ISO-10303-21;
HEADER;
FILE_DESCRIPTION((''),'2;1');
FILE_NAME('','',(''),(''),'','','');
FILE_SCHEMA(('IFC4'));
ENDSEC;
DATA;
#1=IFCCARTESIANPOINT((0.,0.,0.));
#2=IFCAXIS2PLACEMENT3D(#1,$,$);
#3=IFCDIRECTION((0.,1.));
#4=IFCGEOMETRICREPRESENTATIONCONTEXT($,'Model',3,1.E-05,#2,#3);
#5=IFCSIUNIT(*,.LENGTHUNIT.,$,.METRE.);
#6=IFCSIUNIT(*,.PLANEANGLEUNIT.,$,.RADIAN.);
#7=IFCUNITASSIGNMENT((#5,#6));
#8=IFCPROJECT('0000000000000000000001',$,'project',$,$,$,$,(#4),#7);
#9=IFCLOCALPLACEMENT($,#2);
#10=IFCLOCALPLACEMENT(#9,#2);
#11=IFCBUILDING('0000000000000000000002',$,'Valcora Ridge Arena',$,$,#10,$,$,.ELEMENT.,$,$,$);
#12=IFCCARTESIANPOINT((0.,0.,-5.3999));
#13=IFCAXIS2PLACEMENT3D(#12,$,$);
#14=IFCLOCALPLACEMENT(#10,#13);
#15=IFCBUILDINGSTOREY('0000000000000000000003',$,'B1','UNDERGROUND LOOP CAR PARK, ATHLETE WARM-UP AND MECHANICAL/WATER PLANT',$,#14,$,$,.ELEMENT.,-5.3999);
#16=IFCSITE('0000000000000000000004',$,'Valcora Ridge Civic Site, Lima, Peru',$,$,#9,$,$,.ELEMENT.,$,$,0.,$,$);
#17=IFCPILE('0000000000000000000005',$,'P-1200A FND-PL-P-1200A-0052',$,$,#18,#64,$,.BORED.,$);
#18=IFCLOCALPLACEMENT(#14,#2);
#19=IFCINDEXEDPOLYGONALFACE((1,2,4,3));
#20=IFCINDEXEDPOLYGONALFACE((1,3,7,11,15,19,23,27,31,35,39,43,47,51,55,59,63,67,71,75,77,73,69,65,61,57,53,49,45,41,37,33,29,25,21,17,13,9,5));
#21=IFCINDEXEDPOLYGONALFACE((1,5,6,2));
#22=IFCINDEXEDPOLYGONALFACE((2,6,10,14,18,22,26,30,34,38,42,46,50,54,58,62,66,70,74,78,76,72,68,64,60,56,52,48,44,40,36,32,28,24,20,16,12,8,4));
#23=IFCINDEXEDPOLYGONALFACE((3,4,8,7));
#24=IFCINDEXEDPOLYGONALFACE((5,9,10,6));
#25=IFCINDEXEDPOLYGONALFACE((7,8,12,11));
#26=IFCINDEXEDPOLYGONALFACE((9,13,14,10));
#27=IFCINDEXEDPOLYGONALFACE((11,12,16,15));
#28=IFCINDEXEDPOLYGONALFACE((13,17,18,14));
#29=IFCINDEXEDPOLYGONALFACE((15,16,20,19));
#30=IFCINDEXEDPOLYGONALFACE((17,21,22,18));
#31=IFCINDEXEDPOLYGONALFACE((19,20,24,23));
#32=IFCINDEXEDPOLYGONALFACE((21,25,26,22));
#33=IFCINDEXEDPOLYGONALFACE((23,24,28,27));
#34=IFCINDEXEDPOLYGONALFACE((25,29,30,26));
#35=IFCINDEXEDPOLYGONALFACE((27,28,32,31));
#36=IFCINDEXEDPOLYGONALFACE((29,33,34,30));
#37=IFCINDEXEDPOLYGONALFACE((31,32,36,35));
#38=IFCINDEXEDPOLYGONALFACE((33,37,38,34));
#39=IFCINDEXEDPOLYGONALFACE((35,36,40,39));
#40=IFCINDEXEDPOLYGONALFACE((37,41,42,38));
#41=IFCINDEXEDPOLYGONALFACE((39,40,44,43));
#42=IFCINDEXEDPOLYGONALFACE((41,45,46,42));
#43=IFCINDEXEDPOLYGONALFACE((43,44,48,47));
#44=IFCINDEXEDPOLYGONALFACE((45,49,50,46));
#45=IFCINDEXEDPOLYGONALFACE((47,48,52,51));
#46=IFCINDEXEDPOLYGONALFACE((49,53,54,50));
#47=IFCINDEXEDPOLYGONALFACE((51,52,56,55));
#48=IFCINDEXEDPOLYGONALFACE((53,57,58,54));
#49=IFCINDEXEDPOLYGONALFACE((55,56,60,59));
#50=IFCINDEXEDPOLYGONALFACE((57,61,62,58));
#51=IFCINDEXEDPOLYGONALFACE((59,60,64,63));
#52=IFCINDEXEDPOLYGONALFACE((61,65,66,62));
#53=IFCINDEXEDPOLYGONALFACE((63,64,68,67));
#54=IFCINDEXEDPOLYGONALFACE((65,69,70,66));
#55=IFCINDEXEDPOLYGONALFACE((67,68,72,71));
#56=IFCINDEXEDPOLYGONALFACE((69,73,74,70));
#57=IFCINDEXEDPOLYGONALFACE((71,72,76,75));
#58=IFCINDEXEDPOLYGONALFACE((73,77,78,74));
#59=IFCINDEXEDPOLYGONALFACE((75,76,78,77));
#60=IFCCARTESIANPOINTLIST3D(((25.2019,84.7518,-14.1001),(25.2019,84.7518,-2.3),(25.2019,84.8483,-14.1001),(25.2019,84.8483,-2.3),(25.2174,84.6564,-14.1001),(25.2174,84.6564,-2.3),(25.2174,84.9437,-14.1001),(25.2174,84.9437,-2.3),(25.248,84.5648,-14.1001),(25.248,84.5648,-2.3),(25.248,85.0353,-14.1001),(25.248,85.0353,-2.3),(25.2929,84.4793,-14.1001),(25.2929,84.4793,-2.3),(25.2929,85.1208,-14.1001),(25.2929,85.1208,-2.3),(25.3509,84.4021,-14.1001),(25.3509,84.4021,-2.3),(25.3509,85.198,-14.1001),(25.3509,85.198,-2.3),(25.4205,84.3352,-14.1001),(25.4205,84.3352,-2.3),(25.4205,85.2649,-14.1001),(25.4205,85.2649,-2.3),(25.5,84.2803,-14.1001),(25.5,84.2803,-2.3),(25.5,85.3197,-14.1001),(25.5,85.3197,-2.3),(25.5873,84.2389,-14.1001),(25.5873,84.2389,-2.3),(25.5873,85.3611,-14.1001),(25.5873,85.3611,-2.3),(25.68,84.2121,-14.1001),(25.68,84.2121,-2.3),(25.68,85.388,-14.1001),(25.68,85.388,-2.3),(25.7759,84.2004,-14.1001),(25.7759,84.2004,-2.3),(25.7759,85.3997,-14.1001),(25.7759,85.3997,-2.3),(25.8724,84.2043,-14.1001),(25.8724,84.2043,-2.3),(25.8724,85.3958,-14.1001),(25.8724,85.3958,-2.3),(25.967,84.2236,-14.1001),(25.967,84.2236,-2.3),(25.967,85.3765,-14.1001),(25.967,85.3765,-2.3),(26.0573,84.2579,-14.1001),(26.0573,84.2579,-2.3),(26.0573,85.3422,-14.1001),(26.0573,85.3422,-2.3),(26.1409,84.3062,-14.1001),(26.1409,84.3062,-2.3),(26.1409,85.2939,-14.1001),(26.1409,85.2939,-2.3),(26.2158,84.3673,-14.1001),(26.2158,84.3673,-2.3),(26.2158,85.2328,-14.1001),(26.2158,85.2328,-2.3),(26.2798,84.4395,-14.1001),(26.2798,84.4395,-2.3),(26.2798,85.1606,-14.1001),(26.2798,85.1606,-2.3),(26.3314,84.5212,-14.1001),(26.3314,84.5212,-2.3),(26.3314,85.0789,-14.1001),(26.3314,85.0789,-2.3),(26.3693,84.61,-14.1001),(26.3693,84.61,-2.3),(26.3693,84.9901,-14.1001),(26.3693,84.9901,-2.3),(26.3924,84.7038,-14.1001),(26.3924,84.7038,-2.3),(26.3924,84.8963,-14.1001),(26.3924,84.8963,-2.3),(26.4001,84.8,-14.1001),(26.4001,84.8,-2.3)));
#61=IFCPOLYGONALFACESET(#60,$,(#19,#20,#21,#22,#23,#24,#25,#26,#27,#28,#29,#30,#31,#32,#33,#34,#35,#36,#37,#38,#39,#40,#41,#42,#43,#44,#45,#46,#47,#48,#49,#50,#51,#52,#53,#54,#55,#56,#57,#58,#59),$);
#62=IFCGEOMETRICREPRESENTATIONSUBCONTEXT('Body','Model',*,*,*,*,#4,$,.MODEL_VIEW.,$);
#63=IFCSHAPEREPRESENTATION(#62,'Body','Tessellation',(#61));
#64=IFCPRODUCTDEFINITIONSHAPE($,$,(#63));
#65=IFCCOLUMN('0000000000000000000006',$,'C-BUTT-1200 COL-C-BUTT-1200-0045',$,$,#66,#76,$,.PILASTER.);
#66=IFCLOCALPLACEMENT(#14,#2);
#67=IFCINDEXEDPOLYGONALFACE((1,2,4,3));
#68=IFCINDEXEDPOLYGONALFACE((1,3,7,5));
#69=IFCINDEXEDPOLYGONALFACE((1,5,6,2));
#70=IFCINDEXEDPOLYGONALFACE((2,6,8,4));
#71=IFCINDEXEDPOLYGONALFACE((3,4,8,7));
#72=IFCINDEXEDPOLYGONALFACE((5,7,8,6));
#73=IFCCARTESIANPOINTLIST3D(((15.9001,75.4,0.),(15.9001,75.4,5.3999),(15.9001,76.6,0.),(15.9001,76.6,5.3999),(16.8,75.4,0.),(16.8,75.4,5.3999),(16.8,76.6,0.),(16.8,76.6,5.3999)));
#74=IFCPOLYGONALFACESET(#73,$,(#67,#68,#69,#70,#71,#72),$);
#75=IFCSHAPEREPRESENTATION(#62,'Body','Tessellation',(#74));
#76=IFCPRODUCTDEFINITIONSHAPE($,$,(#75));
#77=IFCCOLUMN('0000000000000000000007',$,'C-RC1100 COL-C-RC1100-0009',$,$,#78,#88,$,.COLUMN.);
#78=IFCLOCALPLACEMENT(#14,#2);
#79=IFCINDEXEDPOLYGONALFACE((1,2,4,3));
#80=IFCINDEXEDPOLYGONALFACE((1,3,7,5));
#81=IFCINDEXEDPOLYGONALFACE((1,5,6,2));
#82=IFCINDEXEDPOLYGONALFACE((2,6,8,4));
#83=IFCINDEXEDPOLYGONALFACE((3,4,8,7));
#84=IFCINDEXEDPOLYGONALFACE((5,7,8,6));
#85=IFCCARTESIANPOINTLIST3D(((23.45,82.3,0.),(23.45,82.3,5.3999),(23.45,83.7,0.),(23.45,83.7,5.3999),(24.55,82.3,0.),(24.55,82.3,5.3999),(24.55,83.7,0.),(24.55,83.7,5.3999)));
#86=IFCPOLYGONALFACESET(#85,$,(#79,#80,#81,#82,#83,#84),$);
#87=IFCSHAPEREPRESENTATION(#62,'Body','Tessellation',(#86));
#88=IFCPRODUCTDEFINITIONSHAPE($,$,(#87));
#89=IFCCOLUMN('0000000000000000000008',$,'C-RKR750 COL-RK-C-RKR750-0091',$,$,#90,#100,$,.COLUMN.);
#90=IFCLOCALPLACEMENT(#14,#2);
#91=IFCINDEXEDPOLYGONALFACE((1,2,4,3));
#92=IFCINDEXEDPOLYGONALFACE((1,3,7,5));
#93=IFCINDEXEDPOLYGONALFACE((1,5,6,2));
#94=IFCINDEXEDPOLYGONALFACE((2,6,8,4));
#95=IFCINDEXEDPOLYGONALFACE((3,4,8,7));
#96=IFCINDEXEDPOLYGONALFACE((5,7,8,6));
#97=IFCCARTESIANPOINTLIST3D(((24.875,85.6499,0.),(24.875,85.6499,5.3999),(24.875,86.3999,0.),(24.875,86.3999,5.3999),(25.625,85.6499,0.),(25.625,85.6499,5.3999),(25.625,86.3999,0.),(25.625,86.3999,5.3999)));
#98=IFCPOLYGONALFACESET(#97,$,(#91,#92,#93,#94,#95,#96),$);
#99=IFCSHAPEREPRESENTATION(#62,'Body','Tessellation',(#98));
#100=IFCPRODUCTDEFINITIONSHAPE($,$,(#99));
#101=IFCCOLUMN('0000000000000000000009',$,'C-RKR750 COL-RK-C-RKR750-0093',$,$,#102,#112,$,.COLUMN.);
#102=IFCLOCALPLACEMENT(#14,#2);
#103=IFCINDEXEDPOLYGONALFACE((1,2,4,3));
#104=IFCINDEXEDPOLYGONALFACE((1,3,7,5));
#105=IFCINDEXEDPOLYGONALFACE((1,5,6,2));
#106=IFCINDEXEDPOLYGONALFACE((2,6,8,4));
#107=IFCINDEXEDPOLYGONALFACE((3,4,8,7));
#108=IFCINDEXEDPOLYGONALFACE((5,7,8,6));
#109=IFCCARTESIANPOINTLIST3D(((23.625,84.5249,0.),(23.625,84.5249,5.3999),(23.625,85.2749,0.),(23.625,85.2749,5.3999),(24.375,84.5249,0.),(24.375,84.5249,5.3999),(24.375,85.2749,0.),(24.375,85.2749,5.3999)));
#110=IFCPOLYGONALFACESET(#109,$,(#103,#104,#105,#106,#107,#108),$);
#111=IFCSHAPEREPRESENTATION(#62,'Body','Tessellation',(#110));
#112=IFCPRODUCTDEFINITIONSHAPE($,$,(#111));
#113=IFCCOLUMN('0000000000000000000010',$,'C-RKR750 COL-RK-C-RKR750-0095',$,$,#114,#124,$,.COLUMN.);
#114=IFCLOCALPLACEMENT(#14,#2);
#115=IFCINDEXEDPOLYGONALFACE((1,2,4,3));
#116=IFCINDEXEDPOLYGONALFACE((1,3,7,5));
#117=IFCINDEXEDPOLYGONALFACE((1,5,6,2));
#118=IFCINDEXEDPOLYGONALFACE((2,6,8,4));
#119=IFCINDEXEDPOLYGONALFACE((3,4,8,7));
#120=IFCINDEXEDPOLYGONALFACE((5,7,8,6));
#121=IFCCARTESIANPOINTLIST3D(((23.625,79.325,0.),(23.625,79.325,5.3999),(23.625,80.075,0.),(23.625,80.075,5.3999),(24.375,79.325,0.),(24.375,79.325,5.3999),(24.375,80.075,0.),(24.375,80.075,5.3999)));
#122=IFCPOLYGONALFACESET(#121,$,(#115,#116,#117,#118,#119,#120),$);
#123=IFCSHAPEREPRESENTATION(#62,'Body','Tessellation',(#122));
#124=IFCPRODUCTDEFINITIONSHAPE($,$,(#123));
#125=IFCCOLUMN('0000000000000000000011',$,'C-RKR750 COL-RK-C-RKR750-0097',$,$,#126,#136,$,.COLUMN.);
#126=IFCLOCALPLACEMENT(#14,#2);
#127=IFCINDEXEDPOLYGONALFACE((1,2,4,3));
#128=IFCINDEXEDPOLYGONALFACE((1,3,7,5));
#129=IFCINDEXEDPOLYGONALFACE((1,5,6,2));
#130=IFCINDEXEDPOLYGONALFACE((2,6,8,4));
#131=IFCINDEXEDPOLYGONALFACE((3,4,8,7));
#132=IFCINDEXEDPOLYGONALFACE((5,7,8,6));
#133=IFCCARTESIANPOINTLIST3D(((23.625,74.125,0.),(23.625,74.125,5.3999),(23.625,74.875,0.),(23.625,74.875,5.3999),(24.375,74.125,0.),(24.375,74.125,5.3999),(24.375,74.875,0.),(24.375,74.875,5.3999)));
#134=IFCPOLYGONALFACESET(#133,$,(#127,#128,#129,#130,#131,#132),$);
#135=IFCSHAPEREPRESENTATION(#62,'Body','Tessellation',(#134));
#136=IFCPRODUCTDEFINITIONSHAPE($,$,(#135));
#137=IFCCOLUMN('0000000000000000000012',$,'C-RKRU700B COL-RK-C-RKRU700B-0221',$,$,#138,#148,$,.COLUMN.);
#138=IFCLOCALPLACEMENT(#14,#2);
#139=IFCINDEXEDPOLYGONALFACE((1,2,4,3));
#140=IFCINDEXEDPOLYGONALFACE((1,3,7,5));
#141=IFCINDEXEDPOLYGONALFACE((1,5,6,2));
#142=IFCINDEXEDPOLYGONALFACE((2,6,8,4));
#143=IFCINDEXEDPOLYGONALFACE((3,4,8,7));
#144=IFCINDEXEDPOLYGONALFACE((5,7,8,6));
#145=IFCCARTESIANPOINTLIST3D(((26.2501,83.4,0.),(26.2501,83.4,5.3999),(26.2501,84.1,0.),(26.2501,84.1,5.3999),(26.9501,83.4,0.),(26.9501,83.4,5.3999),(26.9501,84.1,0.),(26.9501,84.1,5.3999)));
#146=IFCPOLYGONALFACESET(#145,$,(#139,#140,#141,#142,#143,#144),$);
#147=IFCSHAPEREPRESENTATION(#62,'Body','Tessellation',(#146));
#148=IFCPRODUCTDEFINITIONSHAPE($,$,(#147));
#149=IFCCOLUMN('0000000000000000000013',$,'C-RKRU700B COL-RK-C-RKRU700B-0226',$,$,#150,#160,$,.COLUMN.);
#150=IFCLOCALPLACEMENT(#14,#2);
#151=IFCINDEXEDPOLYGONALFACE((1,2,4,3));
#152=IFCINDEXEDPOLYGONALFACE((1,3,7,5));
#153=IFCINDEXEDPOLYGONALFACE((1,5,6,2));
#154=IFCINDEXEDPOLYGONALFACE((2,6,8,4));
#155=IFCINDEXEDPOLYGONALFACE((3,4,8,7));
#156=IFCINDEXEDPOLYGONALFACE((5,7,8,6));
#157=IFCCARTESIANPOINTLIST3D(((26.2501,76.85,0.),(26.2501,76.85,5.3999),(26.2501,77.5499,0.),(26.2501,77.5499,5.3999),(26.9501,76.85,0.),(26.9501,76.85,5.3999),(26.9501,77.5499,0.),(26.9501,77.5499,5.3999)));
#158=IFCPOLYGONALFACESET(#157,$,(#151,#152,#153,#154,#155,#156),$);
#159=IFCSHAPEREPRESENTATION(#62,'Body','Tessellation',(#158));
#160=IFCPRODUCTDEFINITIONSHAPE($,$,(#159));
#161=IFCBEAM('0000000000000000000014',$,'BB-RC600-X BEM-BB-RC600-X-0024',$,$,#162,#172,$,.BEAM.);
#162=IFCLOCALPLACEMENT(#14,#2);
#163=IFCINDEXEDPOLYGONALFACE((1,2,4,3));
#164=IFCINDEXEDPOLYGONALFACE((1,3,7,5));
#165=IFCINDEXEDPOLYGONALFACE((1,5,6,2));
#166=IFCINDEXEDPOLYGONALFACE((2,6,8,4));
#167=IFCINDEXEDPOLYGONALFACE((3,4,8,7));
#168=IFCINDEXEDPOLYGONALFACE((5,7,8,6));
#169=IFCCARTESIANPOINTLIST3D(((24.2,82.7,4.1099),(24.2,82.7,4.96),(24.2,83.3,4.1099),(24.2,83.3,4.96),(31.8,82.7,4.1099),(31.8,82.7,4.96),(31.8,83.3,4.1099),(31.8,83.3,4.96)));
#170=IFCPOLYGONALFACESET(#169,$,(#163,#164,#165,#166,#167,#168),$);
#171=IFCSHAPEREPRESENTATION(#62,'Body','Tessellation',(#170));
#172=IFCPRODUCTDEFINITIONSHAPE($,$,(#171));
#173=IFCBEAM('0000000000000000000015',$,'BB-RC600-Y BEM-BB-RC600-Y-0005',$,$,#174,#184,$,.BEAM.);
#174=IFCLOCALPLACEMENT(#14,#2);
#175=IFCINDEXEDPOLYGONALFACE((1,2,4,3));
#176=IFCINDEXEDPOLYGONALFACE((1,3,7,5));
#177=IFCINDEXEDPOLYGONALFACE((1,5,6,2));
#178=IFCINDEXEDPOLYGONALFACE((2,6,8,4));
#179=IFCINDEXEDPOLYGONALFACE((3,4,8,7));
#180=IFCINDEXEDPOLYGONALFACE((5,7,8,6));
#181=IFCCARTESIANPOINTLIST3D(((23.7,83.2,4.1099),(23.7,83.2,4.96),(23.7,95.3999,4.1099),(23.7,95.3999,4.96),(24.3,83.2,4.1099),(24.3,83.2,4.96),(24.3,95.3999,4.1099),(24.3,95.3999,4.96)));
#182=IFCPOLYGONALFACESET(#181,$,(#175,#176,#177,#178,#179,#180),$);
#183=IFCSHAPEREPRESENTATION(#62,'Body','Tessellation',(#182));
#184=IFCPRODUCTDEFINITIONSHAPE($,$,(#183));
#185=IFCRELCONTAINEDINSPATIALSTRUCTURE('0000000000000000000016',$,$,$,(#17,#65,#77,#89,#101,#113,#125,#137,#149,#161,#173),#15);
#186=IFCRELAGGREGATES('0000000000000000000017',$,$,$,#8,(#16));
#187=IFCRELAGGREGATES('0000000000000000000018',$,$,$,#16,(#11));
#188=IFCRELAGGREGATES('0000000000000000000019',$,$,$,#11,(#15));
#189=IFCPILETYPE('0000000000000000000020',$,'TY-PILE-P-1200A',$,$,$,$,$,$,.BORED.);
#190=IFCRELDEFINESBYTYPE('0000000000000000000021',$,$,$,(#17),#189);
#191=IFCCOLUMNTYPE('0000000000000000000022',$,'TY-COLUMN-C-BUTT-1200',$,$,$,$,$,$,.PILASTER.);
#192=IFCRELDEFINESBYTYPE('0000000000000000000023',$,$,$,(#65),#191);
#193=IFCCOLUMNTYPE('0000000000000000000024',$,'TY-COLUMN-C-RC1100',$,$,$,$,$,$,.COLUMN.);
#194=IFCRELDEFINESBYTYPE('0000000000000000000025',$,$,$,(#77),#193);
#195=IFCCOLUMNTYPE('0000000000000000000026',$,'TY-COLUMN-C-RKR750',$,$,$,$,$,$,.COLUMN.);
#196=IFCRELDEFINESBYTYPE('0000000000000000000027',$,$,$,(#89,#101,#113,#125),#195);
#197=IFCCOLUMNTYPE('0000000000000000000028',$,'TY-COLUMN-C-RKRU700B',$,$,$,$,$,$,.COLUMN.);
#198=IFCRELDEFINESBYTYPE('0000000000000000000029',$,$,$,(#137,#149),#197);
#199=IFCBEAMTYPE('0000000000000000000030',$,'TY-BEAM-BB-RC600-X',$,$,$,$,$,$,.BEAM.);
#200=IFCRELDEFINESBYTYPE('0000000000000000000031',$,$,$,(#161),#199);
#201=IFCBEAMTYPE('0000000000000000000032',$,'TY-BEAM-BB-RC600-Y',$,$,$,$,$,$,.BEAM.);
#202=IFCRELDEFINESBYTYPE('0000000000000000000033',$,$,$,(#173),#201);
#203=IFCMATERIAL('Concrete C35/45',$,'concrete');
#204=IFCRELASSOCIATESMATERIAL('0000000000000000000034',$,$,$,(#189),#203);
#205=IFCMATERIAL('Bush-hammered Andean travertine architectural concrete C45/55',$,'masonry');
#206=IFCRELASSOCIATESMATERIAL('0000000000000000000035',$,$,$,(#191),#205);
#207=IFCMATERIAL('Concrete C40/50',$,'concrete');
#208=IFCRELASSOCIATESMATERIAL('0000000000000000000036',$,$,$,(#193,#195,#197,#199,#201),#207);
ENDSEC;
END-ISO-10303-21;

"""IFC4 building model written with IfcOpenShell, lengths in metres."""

from ifc_helpers import new_model, si_unit, direction, frame, origin, origin_2d, place, context, subcontext, project, spatial, rectangle, circle, extrude, material, material_profile, profile_set, type_object, element, save


model = new_model("IFC4")

# Units and contexts
model_context = context("Model", 3, precision=1e-05, world=origin(), true_north=direction((0.0, 1.0)))
body_context = subcontext(model_context, "Body", "Model", "MODEL_VIEW")
ifc_project = project(units=[si_unit("LENGTHUNIT", "METRE"), si_unit("PLANEANGLEUNIT", "RADIAN")], contexts=[model_context])

# Site, building, storey
site_placement = place(None, origin())
site = spatial("IfcSite", under=ifc_project, at=site_placement, Name="Valcora Ridge Civic Site, Lima, Peru", CompositionType="ELEMENT", RefElevation=0.0)
building_placement = place(site_placement, origin())
building = spatial("IfcBuilding", under=site, at=building_placement, Name="Valcora Ridge Arena", CompositionType="ELEMENT")
storey_placement = place(building_placement, frame((0.0, 0.0, -5.3999)))
storey = spatial("IfcBuildingStorey", under=building, at=storey_placement, Name="B1", Description="UNDERGROUND LOOP CAR PARK, ATHLETE WARM-UP AND MECHANICAL/WATER PLANT", CompositionType="ELEMENT", Elevation=-5.3999)

# Shared definitions
ifc_material_1 = material(Name="Concrete C40/50", Category="concrete")

# Pile
ifc_material_2 = material(Name="Concrete C35/45", Category="concrete")
ifc_material_profile_1 = material_profile(ifc_material_2, circle(Radius=0.6001, at=origin_2d()), Name="BORED PILE D1200")
ifc_profile_set_1 = profile_set([ifc_material_profile_1], Name="Concrete C35/45")
pile_type_1 = type_object("IfcPileType", Name="TY-PILE-P-1200A", PredefinedType="BORED", material=ifc_profile_set_1)
for number, where, z_axis, x_axis, name in (
    (1, (25.8, 84.8, -2.3), (0.0, 0.0, -1.0), (1.0, 0.0, 0.0), "P-1200A FND-PL-P-1200A-0052"),
):
    element("IfcPile", number, at=place(storey_placement, frame(where, z_axis=z_axis, x_axis=x_axis)), inside=storey, type_object=pile_type_1, Name=name, PredefinedType="BORED", context=body_context, shape_type="SweptSolid", body=[
        extrude(circle(Radius=0.6001, at=origin_2d()), origin(), (0.0, 0.0, 1.0), 11.8),
    ])

# Columns
ifc_material_3 = material(Name="Bush-hammered Andean travertine architectural concrete C45/55", Category="masonry")
ifc_material_profile_2 = material_profile(ifc_material_3, rectangle(XDim=0.8999, YDim=1.2, at=origin_2d()), Name="RC 900x1200")
ifc_profile_set_2 = profile_set([ifc_material_profile_2], Name="Bush-hammered Andean travertine architectural concrete C45/55")
column_type_1 = type_object("IfcColumnType", Name="TY-COLUMN-C-BUTT-1200", PredefinedType="PILASTER", material=ifc_profile_set_2)
column_1_placement = place(storey_placement, frame((16.3501, 76.0, 0.0), z_axis=(0.0, 0.0, 1.0), x_axis=(1.0, 0.0, 0.0)))
element("IfcColumn", 2, at=column_1_placement, inside=storey, type_object=column_type_1, Name="C-BUTT-1200 COL-C-BUTT-1200-0045", PredefinedType="PILASTER", context=body_context, shape_type="SweptSolid", body=[
    extrude(rectangle(XDim=0.8999, YDim=1.2, at=origin_2d()), origin(), (0.0, 0.0, 1.0), 5.3999),
])
ifc_material_profile_3 = material_profile(ifc_material_1, rectangle(XDim=1.1001, YDim=1.3999, at=origin_2d()), Name="RC 1100x1400")
ifc_profile_set_3 = profile_set([ifc_material_profile_3], Name="Concrete C40/50")
column_type_2 = type_object("IfcColumnType", Name="TY-COLUMN-C-RC1100", PredefinedType="COLUMN", material=ifc_profile_set_3)
column_2_placement = place(storey_placement, frame((24.0, 83.0, 0.0), z_axis=(0.0, 0.0, 1.0), x_axis=(1.0, 0.0, 0.0)))
element("IfcColumn", 3, at=column_2_placement, inside=storey, type_object=column_type_2, Name="C-RC1100 COL-C-RC1100-0009", PredefinedType="COLUMN", context=body_context, shape_type="SweptSolid", body=[
    extrude(rectangle(XDim=1.1001, YDim=1.3999, at=origin_2d()), origin(), (0.0, 0.0, 1.0), 5.3999),
])
ifc_material_profile_4 = material_profile(ifc_material_1, rectangle(XDim=0.75, YDim=0.75, at=origin_2d()), Name="RC 750x750")
ifc_profile_set_4 = profile_set([ifc_material_profile_4], Name="Concrete C40/50")
column_type_3 = type_object("IfcColumnType", Name="TY-COLUMN-C-RKR750", PredefinedType="COLUMN", material=ifc_profile_set_4)
for number, where, z_axis, x_axis, name in (
    (4, (25.25, 86.0249, 0.0), (0.0, 0.0, 1.0), (1.0, 0.0, 0.0), "C-RKR750 COL-RK-C-RKR750-0091"),
    (5, (24.0, 84.8999, 0.0), (0.0, 0.0, 1.0), (1.0, 0.0, 0.0), "C-RKR750 COL-RK-C-RKR750-0093"),
    (6, (24.0, 79.7, 0.0), (0.0, 0.0, 1.0), (1.0, 0.0, 0.0), "C-RKR750 COL-RK-C-RKR750-0095"),
    (7, (24.0, 74.5, 0.0), (0.0, 0.0, 1.0), (1.0, 0.0, 0.0), "C-RKR750 COL-RK-C-RKR750-0097"),
):
    element("IfcColumn", number, at=place(storey_placement, frame(where, z_axis=z_axis, x_axis=x_axis)), inside=storey, type_object=column_type_3, Name=name, PredefinedType="COLUMN", context=body_context, shape_type="SweptSolid", body=[
        extrude(rectangle(XDim=0.75, YDim=0.75, at=origin_2d()), origin(), (0.0, 0.0, 1.0), 5.3999),
    ])
ifc_material_profile_5 = material_profile(ifc_material_1, rectangle(XDim=0.7, YDim=0.7, at=origin_2d()), Name="RC 700x700")
ifc_profile_set_5 = profile_set([ifc_material_profile_5], Name="Concrete C40/50")
column_type_4 = type_object("IfcColumnType", Name="TY-COLUMN-C-RKRU700B", PredefinedType="COLUMN", material=ifc_profile_set_5)
for number, where, z_axis, x_axis, name in (
    (8, (26.6001, 83.75, 0.0), (0.0, 0.0, 1.0), (1.0, 0.0, 0.0), "C-RKRU700B COL-RK-C-RKRU700B-0221"),
    (9, (26.6001, 77.2, 0.0), (0.0, 0.0, 1.0), (1.0, 0.0, 0.0), "C-RKRU700B COL-RK-C-RKRU700B-0226"),
):
    element("IfcColumn", number, at=place(storey_placement, frame(where, z_axis=z_axis, x_axis=x_axis)), inside=storey, type_object=column_type_4, Name=name, PredefinedType="COLUMN", context=body_context, shape_type="SweptSolid", body=[
        extrude(rectangle(XDim=0.7, YDim=0.7, at=origin_2d()), origin(), (0.0, 0.0, 1.0), 5.3999),
    ])

# Beams
ifc_material_profile_6 = material_profile(ifc_material_1, rectangle(XDim=0.6001, YDim=0.8501, at=origin_2d()), Name="RC 600x850")
ifc_profile_set_6 = profile_set([ifc_material_profile_6], Name="Concrete C40/50")
beam_type_1 = type_object("IfcBeamType", Name="TY-BEAM-BB-RC600-X", PredefinedType="BEAM", material=ifc_profile_set_6)
beam_1_placement = place(storey_placement, frame((24.2, 83.0, 4.5349), z_axis=(1.0, 0.0, 0.0), x_axis=(0.0, 1.0, 0.0)))
element("IfcBeam", 10, at=beam_1_placement, inside=storey, type_object=beam_type_1, Name="BB-RC600-X BEM-BB-RC600-X-0024", PredefinedType="BEAM", context=body_context, shape_type="SweptSolid", body=[
    extrude(rectangle(XDim=0.6001, YDim=0.8501, at=origin_2d()), origin(), (0.0, 0.0, 1.0), 7.6001),
])
ifc_material_profile_7 = material_profile(ifc_material_1, rectangle(XDim=0.6001, YDim=0.8501, at=origin_2d()), Name="RC 600x850")
ifc_profile_set_7 = profile_set([ifc_material_profile_7], Name="Concrete C40/50")
beam_type_2 = type_object("IfcBeamType", Name="TY-BEAM-BB-RC600-Y", PredefinedType="BEAM", material=ifc_profile_set_7)
beam_2_placement = place(storey_placement, frame((24.0, 83.2, 4.5349), z_axis=(0.0, 1.0, 0.0), x_axis=(-1.0, 0.0, 0.0)))
element("IfcBeam", 11, at=beam_2_placement, inside=storey, type_object=beam_type_2, Name="BB-RC600-Y BEM-BB-RC600-Y-0005", PredefinedType="BEAM", context=body_context, shape_type="SweptSolid", body=[
    extrude(rectangle(XDim=0.6001, YDim=0.8501, at=origin_2d()), origin(), (0.0, 0.0, 1.0), 12.2),
])

save(model, "model.ifc")
